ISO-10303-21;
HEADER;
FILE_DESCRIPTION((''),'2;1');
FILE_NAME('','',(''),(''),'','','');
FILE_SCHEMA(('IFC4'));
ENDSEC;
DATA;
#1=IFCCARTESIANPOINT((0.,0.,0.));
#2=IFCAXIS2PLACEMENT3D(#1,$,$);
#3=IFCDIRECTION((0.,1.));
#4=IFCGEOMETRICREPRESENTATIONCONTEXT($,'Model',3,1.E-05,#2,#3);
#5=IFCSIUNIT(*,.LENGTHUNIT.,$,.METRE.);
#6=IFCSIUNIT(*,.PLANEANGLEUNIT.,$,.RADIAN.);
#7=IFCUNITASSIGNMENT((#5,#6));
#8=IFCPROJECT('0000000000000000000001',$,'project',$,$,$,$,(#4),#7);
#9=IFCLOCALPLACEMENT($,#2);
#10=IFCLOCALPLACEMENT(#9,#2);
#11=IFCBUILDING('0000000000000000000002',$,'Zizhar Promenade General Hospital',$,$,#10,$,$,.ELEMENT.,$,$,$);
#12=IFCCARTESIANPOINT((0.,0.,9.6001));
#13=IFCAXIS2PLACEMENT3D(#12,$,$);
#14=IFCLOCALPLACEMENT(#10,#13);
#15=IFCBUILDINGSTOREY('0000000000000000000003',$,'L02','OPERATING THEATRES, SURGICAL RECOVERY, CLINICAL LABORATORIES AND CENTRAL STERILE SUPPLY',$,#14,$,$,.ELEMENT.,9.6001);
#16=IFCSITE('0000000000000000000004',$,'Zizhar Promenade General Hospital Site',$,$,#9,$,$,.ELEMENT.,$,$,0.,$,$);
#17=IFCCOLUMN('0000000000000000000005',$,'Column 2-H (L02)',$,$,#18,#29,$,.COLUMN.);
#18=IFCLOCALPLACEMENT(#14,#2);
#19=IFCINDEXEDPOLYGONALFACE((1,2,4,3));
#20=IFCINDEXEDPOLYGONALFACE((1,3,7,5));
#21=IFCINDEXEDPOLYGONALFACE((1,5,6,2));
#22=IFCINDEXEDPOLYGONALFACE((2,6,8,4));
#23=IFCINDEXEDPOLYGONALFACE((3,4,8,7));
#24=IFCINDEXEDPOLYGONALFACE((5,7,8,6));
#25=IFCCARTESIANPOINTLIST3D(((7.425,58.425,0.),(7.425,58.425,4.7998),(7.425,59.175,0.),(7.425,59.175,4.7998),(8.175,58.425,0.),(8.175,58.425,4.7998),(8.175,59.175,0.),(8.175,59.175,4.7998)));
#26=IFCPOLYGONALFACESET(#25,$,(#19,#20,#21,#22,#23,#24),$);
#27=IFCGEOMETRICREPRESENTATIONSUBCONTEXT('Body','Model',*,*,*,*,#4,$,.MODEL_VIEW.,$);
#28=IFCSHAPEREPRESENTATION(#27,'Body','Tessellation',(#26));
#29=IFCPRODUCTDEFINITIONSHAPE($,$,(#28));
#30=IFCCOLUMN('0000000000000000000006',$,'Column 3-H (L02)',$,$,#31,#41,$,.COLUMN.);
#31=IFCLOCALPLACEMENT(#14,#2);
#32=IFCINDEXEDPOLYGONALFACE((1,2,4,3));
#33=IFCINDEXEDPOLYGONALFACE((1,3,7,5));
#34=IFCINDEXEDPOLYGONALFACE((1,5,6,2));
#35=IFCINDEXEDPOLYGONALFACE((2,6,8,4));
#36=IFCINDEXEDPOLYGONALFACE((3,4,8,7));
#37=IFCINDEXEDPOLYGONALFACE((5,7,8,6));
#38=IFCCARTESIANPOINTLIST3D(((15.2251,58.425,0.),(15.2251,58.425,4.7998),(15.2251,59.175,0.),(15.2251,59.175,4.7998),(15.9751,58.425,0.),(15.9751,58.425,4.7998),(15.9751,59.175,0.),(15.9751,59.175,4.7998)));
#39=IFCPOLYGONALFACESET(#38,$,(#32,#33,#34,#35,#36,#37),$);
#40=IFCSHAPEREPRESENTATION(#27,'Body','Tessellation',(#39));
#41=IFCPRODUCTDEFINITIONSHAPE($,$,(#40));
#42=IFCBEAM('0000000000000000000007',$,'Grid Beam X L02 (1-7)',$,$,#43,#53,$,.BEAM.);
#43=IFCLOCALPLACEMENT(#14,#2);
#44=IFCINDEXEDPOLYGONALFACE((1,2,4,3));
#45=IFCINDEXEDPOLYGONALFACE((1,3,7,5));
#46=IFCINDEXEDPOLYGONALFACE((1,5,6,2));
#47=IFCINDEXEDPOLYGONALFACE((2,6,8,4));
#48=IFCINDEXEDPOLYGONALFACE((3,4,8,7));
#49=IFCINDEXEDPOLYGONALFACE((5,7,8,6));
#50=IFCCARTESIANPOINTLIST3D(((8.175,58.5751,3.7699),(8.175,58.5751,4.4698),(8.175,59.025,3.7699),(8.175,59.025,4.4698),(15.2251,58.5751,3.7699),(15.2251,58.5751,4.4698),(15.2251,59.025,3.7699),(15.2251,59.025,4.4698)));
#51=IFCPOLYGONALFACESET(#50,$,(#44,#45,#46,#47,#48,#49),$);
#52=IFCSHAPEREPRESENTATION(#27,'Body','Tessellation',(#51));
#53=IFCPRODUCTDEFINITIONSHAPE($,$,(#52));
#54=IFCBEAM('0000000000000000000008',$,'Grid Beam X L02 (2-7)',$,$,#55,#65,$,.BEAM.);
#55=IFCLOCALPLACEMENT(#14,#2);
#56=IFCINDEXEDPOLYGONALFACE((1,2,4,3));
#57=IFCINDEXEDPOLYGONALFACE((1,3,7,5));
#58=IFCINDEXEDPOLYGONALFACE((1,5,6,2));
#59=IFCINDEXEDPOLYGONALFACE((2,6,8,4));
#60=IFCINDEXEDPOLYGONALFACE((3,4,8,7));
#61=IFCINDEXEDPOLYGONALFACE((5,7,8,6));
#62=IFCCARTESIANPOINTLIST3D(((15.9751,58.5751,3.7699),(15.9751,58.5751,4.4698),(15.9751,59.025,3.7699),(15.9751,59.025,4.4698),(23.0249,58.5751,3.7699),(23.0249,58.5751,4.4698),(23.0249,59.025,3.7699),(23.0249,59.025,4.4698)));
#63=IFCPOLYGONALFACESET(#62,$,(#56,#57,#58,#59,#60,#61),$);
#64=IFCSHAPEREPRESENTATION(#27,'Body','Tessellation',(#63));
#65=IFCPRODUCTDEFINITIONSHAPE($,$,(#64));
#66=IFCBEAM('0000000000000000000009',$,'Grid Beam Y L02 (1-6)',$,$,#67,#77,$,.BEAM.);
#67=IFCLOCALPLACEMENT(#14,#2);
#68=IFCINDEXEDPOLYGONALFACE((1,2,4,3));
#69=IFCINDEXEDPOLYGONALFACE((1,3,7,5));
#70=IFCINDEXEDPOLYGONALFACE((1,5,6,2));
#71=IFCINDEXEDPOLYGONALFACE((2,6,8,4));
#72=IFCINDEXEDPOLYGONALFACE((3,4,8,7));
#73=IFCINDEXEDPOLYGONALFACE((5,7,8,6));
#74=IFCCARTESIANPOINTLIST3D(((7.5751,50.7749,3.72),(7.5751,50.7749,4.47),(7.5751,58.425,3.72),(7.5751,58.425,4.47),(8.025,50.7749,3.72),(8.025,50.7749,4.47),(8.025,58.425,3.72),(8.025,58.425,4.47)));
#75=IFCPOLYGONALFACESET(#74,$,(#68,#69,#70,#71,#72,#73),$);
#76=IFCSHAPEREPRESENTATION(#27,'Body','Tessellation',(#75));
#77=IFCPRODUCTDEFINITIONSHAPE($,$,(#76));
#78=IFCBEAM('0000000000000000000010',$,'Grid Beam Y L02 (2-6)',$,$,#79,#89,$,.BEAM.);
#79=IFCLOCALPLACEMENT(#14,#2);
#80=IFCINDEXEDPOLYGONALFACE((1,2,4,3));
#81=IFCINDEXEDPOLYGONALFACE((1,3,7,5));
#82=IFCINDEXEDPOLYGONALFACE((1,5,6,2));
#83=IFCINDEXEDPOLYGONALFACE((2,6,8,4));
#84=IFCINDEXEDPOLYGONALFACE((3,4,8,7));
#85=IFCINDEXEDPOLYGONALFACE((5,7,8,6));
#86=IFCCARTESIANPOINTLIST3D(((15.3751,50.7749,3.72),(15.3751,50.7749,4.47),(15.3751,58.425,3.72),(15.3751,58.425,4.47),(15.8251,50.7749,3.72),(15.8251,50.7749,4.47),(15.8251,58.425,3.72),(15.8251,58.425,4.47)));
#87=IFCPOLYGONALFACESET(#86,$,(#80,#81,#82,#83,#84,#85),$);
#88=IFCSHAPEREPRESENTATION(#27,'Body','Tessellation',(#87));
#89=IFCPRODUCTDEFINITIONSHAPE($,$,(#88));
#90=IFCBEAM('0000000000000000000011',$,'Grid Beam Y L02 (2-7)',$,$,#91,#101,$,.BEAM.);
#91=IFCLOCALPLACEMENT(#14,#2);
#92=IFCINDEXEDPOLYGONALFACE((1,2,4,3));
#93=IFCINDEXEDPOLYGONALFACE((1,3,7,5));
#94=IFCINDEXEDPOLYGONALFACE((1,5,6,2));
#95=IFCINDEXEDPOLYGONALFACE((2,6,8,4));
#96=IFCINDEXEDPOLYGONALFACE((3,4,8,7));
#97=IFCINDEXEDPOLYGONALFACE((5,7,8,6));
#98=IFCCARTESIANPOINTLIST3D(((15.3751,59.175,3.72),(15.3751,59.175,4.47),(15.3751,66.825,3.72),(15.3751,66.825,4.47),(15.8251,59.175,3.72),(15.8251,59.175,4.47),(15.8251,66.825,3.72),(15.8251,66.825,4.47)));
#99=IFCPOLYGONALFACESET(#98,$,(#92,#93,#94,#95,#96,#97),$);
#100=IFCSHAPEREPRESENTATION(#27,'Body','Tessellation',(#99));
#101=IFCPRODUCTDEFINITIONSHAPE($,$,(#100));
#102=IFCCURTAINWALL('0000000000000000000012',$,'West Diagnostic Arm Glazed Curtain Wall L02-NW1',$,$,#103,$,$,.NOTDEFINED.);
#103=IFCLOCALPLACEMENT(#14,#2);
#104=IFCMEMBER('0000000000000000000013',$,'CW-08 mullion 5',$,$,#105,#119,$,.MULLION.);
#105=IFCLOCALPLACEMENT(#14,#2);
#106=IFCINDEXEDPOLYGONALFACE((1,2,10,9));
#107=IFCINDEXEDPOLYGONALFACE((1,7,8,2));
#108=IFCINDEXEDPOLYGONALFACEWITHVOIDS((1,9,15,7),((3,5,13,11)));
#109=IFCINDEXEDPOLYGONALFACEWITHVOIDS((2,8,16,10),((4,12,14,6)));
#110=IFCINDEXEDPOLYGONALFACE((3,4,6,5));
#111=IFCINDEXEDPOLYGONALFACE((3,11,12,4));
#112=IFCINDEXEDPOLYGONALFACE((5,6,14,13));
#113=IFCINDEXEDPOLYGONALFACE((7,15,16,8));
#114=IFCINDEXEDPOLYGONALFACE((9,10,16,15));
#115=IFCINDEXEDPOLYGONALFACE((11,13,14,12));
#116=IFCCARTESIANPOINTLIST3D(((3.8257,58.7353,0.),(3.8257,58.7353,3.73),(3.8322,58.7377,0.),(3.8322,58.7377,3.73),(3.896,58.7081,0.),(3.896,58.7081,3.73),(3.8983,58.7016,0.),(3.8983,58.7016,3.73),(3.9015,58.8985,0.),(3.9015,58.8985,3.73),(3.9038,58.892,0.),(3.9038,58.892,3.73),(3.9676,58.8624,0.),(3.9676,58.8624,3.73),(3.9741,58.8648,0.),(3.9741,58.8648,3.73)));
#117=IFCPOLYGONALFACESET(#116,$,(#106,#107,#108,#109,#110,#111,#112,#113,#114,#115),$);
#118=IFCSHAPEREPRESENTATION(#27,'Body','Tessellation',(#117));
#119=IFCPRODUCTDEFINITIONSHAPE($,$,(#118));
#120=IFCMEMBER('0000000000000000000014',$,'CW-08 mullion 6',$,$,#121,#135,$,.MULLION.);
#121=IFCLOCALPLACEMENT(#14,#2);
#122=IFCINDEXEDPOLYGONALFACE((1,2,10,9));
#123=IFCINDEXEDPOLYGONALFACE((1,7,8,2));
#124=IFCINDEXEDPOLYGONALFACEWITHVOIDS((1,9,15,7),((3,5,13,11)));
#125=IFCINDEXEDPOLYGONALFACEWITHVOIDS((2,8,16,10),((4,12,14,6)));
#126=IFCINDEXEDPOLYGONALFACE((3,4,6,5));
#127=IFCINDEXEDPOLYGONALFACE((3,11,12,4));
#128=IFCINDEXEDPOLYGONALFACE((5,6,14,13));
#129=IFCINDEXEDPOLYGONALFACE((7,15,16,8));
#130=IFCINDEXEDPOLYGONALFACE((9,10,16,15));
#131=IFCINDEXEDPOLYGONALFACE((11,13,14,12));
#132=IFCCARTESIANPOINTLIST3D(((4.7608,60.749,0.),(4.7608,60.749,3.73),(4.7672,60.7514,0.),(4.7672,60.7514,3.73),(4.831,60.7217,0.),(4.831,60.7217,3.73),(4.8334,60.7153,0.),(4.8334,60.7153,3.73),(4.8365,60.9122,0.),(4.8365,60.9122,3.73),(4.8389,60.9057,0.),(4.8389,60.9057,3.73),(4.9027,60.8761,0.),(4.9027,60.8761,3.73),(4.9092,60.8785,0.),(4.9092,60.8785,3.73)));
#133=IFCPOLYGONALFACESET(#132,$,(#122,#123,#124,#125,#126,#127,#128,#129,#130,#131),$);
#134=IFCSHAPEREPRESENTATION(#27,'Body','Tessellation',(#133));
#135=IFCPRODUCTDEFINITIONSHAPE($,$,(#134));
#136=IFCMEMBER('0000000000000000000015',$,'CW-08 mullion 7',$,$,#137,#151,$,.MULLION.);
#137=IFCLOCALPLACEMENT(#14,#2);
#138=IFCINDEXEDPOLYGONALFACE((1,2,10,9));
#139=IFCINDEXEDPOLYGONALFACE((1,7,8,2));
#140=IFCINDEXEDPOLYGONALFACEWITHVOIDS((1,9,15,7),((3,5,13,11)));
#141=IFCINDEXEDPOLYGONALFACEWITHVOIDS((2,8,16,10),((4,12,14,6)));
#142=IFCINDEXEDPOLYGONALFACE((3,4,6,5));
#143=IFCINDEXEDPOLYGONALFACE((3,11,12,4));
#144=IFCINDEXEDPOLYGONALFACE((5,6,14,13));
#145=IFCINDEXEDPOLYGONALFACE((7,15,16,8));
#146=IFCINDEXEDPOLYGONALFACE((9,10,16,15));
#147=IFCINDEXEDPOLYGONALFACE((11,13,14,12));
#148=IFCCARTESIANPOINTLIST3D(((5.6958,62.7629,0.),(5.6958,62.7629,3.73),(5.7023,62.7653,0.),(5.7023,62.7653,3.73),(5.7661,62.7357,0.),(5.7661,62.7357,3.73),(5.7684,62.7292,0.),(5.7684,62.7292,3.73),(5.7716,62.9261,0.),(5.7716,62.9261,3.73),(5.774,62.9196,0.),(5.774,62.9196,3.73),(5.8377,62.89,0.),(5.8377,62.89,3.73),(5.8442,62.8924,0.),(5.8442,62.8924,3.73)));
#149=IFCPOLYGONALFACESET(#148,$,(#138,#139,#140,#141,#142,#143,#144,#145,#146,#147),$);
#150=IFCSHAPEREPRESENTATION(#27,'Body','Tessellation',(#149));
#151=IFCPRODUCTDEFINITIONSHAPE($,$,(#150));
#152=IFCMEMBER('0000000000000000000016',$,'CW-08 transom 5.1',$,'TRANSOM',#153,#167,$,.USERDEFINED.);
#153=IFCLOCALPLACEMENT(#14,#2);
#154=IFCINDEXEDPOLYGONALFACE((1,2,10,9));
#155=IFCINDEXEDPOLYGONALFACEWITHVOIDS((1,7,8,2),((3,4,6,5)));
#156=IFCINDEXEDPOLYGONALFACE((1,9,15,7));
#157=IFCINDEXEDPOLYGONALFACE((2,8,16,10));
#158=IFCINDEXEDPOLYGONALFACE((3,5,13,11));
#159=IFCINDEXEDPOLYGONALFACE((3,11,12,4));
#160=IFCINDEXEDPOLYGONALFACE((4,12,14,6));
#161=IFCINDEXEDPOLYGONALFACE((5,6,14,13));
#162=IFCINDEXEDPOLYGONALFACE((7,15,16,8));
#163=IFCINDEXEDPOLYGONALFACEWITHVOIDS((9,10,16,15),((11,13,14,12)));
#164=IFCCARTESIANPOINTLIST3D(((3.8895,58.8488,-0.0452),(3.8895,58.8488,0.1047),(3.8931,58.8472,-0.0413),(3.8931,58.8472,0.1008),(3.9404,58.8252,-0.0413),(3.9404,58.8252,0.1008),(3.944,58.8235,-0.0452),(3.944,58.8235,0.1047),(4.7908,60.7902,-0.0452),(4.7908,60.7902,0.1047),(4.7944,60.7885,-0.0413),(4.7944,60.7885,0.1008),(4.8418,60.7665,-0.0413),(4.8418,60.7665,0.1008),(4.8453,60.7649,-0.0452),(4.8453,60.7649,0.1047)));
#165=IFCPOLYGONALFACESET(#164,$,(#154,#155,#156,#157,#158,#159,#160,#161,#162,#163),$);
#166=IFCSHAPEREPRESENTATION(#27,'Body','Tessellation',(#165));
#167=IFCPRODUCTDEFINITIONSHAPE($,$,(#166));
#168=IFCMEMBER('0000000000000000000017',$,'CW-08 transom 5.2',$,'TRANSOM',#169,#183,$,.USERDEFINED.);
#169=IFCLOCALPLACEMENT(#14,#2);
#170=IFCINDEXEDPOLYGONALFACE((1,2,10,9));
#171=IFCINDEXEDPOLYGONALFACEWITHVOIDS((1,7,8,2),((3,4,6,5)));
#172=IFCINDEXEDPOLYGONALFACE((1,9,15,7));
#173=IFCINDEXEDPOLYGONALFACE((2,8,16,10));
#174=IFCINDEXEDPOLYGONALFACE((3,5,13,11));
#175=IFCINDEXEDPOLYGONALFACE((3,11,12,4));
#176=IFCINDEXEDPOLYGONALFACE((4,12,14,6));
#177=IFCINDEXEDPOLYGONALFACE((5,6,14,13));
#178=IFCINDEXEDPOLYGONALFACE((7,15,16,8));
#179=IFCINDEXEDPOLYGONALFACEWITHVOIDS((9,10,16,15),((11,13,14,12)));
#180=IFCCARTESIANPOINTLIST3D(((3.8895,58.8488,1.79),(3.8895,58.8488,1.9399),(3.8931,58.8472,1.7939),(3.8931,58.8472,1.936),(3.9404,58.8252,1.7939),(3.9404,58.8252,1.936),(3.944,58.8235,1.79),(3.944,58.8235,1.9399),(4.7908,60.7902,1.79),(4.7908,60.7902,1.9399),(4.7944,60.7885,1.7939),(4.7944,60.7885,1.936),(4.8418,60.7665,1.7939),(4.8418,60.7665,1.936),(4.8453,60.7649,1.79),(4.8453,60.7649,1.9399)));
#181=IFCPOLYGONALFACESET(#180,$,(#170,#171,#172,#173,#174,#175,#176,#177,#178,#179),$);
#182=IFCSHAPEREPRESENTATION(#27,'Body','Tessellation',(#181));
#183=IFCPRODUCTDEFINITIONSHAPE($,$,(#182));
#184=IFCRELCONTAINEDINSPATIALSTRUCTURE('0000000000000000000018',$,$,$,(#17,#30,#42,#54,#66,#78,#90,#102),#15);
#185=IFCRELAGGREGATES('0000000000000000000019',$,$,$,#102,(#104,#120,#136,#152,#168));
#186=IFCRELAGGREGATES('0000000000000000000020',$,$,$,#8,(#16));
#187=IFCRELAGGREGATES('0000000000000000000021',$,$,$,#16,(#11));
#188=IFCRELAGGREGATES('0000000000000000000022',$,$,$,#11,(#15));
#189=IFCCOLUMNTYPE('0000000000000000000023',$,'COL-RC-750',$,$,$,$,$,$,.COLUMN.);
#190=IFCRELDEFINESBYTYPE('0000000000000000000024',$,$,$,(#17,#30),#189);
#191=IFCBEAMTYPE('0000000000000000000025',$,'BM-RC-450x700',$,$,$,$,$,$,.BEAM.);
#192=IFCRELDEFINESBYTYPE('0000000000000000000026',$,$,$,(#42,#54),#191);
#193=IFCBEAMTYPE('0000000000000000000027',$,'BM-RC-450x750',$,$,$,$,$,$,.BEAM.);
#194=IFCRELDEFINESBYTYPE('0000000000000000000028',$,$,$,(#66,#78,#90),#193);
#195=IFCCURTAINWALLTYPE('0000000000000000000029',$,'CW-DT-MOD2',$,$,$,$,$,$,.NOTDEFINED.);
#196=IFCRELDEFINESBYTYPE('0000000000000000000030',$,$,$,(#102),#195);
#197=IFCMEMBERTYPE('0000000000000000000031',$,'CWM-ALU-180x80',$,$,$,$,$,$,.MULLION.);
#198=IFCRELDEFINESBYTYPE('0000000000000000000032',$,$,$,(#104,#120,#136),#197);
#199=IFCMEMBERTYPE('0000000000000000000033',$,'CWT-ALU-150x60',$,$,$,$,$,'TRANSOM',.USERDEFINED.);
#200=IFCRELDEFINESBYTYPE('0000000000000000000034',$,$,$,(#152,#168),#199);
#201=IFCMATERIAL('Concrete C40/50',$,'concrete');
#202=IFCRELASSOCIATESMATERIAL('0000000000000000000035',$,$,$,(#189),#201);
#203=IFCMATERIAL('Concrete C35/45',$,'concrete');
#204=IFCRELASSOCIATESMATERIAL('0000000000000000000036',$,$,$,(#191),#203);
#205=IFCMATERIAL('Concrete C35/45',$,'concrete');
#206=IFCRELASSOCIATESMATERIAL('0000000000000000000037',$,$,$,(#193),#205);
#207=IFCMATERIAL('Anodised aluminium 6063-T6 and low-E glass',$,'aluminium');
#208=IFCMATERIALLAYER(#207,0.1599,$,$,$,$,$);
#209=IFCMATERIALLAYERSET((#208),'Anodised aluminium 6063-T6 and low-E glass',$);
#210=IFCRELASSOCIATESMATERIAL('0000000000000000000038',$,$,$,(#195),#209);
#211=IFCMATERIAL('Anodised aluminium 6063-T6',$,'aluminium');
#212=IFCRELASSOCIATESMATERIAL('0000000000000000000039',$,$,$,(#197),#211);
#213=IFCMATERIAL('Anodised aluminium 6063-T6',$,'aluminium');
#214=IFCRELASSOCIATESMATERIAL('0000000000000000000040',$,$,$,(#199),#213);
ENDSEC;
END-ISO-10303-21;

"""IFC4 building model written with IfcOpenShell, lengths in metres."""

from ifc_helpers import new_model, si_unit, direction, frame, origin, origin_2d, place, context, subcontext, project, spatial, rectangle, hollow_rectangle, extrude, material, layer, layer_set, material_profile, profile_set, type_object, element, aggregate, save


model = new_model("IFC4")

# Units and contexts
model_context = context("Model", 3, precision=1e-05, world=origin(), true_north=direction((0.0, 1.0)))
body_context = subcontext(model_context, "Body", "Model", "MODEL_VIEW")
ifc_project = project(units=[si_unit("LENGTHUNIT", "METRE"), si_unit("PLANEANGLEUNIT", "RADIAN")], contexts=[model_context])

# Site, building, storey
site_placement = place(None, origin())
site = spatial("IfcSite", under=ifc_project, at=site_placement, Name="Zizhar Promenade General Hospital Site", CompositionType="ELEMENT", RefElevation=0.0)
building_placement = place(site_placement, origin())
building = spatial("IfcBuilding", under=site, at=building_placement, Name="Zizhar Promenade General Hospital", CompositionType="ELEMENT")
storey_placement = place(building_placement, frame((0.0, 0.0, 9.6001)))
storey = spatial("IfcBuildingStorey", under=building, at=storey_placement, Name="L02", Description="OPERATING THEATRES, SURGICAL RECOVERY, CLINICAL LABORATORIES AND CENTRAL STERILE SUPPLY", CompositionType="ELEMENT", Elevation=9.6001)

# Columns
ifc_material_1 = material(Name="Concrete C40/50", Category="concrete")
ifc_material_profile_1 = material_profile(ifc_material_1, rectangle(XDim=0.75, YDim=0.75, at=origin_2d()))
ifc_profile_set_1 = profile_set([ifc_material_profile_1], Name="Concrete C40/50")
column_type = type_object("IfcColumnType", Name="COL-RC-750", PredefinedType="COLUMN", material=ifc_profile_set_1)
for number, where, z_axis, x_axis, name in (
    (1, (7.8, 58.8, 0.0), (0.0, 0.0, 1.0), (1.0, 0.0, 0.0), "Column 2-H (L02)"),
    (2, (15.6001, 58.8, 0.0), (0.0, 0.0, 1.0), (1.0, 0.0, 0.0), "Column 3-H (L02)"),
):
    element("IfcColumn", number, at=place(storey_placement, frame(where, z_axis=z_axis, x_axis=x_axis)), inside=storey, type_object=column_type, Name=name, PredefinedType="COLUMN", context=body_context, shape_type="SweptSolid", body=[
        extrude(rectangle(XDim=0.75, YDim=0.75, at=origin_2d()), origin(), (0.0, 0.0, 1.0), 4.7998),
    ])

# Beams
ifc_material_2 = material(Name="Concrete C35/45", Category="concrete")
ifc_material_profile_2 = material_profile(ifc_material_2, rectangle(XDim=0.45, YDim=0.7, at=origin_2d()))
ifc_profile_set_2 = profile_set([ifc_material_profile_2], Name="Concrete C35/45")
beam_type_1 = type_object("IfcBeamType", Name="BM-RC-450x700", PredefinedType="BEAM", material=ifc_profile_set_2)
beam_1_placement = place(storey_placement, frame((8.175, 58.8, 4.1199), z_axis=(1.0, 0.0, 0.0), x_axis=(0.0, 1.0, 0.0)))
element("IfcBeam", 3, at=beam_1_placement, inside=storey, type_object=beam_type_1, Name="Grid Beam X L02 (1-7)", PredefinedType="BEAM", context=body_context, shape_type="SweptSolid", body=[
    extrude(rectangle(XDim=0.45, YDim=0.7, at=origin_2d()), origin(), (0.0, 0.0, 1.0), 7.05),
])
beam_2_placement = place(storey_placement, frame((15.9751, 58.8, 4.1199), z_axis=(1.0, 0.0, 0.0), x_axis=(0.0, 1.0, 0.0)))
element("IfcBeam", 4, at=beam_2_placement, inside=storey, type_object=beam_type_1, Name="Grid Beam X L02 (2-7)", PredefinedType="BEAM", context=body_context, shape_type="SweptSolid", body=[
    extrude(rectangle(XDim=0.45, YDim=0.7, at=origin_2d()), origin(), (0.0, 0.0, 1.0), 7.0498),
])
ifc_material_3 = material(Name="Concrete C35/45", Category="concrete")
ifc_material_profile_3 = material_profile(ifc_material_3, rectangle(XDim=0.45, YDim=0.75, at=origin_2d()))
ifc_profile_set_3 = profile_set([ifc_material_profile_3], Name="Concrete C35/45")
beam_type_2 = type_object("IfcBeamType", Name="BM-RC-450x750", PredefinedType="BEAM", material=ifc_profile_set_3)
for number, where, z_axis, x_axis, name in (
    (5, (7.8, 50.7749, 4.095), (0.0, 1.0, 0.0), (-1.0, 0.0, 0.0), "Grid Beam Y L02 (1-6)"),
    (6, (15.6001, 50.7749, 4.095), (0.0, 1.0, 0.0), (-1.0, 0.0, 0.0), "Grid Beam Y L02 (2-6)"),
):
    element("IfcBeam", number, at=place(storey_placement, frame(where, z_axis=z_axis, x_axis=x_axis)), inside=storey, type_object=beam_type_2, Name=name, PredefinedType="BEAM", context=body_context, shape_type="SweptSolid", body=[
        extrude(rectangle(XDim=0.45, YDim=0.75, at=origin_2d()), origin(), (0.0, 0.0, 1.0), 7.6501),
    ])
beam_3_placement = place(storey_placement, frame((15.6001, 59.175, 4.095), z_axis=(0.0, 1.0, 0.0), x_axis=(-1.0, 0.0, 0.0)))
element("IfcBeam", 7, at=beam_3_placement, inside=storey, type_object=beam_type_2, Name="Grid Beam Y L02 (2-7)", PredefinedType="BEAM", context=body_context, shape_type="SweptSolid", body=[
    extrude(rectangle(XDim=0.45, YDim=0.75, at=origin_2d()), origin(), (0.0, 0.0, 1.0), 7.6499),
])

# Curtain wall, members
ifc_material_4 = material(Name="Anodised aluminium 6063-T6 and low-E glass", Category="aluminium")
ifc_layer_1 = layer(ifc_material_4, 0.1599)
ifc_layer_set_1 = layer_set([ifc_layer_1], Name="Anodised aluminium 6063-T6 and low-E glass")
curtain_wall_type = type_object("IfcCurtainWallType", Name="CW-DT-MOD2", PredefinedType="NOTDEFINED", material=ifc_layer_set_1)
curtain_wall_placement = place(storey_placement, origin())
curtain_wall = element("IfcCurtainWall", 8, at=curtain_wall_placement, inside=storey, type_object=curtain_wall_type, Name="West Diagnostic Arm Glazed Curtain Wall L02-NW1", PredefinedType="NOTDEFINED")
ifc_material_5 = material(Name="Anodised aluminium 6063-T6", Category="aluminium")
ifc_material_profile_4 = material_profile(ifc_material_5, hollow_rectangle(XDim=0.0801, YDim=0.1799, WallThickness=0.0049, at=origin_2d()))
ifc_profile_set_4 = profile_set([ifc_material_profile_4], Name="Anodised aluminium 6063-T6")
member_type_1 = type_object("IfcMemberType", Name="CWM-ALU-180x80", PredefinedType="MULLION", material=ifc_profile_set_4)
member_1_placement = place(storey_placement, frame((3.8999, 58.8, 0.0), z_axis=(0.0, 0.0, 1.0), x_axis=(-0.907007, 0.421115, 0.0)))
member_1 = element("IfcMember", 9, at=member_1_placement, type_object=member_type_1, Name="CW-08 mullion 5", PredefinedType="MULLION", context=body_context, shape_type="SweptSolid", body=[
    extrude(hollow_rectangle(XDim=0.0801, YDim=0.1799, WallThickness=0.0049, at=origin_2d()), origin(), (0.0, 0.0, 1.0), 3.73),
])
member_2_placement = place(storey_placement, frame((4.835, 60.8137, 0.0), z_axis=(0.0, 0.0, 1.0), x_axis=(-0.907007, 0.421115, 0.0)))
member_2 = element("IfcMember", 10, at=member_2_placement, type_object=member_type_1, Name="CW-08 mullion 6", PredefinedType="MULLION", context=body_context, shape_type="SweptSolid", body=[
    extrude(hollow_rectangle(XDim=0.0801, YDim=0.1799, WallThickness=0.0049, at=origin_2d()), origin(), (0.0, 0.0, 1.0), 3.73),
])
member_3_placement = place(storey_placement, frame((5.77, 62.8276, 0.0), z_axis=(0.0, 0.0, 1.0), x_axis=(-0.907007, 0.421115, 0.0)))
member_3 = element("IfcMember", 11, at=member_3_placement, type_object=member_type_1, Name="CW-08 mullion 7", PredefinedType="MULLION", context=body_context, shape_type="SweptSolid", body=[
    extrude(hollow_rectangle(XDim=0.0801, YDim=0.1799, WallThickness=0.0049, at=origin_2d()), origin(), (0.0, 0.0, 1.0), 3.73),
])
ifc_material_6 = material(Name="Anodised aluminium 6063-T6", Category="aluminium")
ifc_material_profile_5 = material_profile(ifc_material_6, hollow_rectangle(XDim=0.0601, YDim=0.1499, WallThickness=0.0039, at=origin_2d()))
ifc_profile_set_5 = profile_set([ifc_material_profile_5], Name="Anodised aluminium 6063-T6")
member_type_2 = type_object("IfcMemberType", Name="CWT-ALU-150x60", ElementType="TRANSOM", PredefinedType="USERDEFINED", material=ifc_profile_set_5)
member_4_placement = place(storey_placement, frame((3.9167, 58.8362, 0.0298), z_axis=(0.421111, 0.907009, 0.0), x_axis=(-0.907009, 0.421111, 0.0)))
member_4 = element("IfcMember", 12, at=member_4_placement, type_object=member_type_2, Name="CW-08 transom 5.1", ObjectType="TRANSOM", PredefinedType="USERDEFINED", context=body_context, shape_type="SweptSolid", body=[
    extrude(hollow_rectangle(XDim=0.0601, YDim=0.1499, WallThickness=0.0039, at=origin_2d()), origin(), (0.0, 0.0, 1.0), 2.1404),
])
member_5_placement = place(storey_placement, frame((3.9167, 58.8362, 1.865), z_axis=(0.421111, 0.907009, 0.0), x_axis=(-0.907009, 0.421111, 0.0)))
member_5 = element("IfcMember", 13, at=member_5_placement, type_object=member_type_2, Name="CW-08 transom 5.2", ObjectType="TRANSOM", PredefinedType="USERDEFINED", context=body_context, shape_type="SweptSolid", body=[
    extrude(hollow_rectangle(XDim=0.0601, YDim=0.1499, WallThickness=0.0039, at=origin_2d()), origin(), (0.0, 0.0, 1.0), 2.1404),
])
aggregate(curtain_wall, [member_1, member_2, member_3, member_4, member_5])

save(model, "model.ifc")
